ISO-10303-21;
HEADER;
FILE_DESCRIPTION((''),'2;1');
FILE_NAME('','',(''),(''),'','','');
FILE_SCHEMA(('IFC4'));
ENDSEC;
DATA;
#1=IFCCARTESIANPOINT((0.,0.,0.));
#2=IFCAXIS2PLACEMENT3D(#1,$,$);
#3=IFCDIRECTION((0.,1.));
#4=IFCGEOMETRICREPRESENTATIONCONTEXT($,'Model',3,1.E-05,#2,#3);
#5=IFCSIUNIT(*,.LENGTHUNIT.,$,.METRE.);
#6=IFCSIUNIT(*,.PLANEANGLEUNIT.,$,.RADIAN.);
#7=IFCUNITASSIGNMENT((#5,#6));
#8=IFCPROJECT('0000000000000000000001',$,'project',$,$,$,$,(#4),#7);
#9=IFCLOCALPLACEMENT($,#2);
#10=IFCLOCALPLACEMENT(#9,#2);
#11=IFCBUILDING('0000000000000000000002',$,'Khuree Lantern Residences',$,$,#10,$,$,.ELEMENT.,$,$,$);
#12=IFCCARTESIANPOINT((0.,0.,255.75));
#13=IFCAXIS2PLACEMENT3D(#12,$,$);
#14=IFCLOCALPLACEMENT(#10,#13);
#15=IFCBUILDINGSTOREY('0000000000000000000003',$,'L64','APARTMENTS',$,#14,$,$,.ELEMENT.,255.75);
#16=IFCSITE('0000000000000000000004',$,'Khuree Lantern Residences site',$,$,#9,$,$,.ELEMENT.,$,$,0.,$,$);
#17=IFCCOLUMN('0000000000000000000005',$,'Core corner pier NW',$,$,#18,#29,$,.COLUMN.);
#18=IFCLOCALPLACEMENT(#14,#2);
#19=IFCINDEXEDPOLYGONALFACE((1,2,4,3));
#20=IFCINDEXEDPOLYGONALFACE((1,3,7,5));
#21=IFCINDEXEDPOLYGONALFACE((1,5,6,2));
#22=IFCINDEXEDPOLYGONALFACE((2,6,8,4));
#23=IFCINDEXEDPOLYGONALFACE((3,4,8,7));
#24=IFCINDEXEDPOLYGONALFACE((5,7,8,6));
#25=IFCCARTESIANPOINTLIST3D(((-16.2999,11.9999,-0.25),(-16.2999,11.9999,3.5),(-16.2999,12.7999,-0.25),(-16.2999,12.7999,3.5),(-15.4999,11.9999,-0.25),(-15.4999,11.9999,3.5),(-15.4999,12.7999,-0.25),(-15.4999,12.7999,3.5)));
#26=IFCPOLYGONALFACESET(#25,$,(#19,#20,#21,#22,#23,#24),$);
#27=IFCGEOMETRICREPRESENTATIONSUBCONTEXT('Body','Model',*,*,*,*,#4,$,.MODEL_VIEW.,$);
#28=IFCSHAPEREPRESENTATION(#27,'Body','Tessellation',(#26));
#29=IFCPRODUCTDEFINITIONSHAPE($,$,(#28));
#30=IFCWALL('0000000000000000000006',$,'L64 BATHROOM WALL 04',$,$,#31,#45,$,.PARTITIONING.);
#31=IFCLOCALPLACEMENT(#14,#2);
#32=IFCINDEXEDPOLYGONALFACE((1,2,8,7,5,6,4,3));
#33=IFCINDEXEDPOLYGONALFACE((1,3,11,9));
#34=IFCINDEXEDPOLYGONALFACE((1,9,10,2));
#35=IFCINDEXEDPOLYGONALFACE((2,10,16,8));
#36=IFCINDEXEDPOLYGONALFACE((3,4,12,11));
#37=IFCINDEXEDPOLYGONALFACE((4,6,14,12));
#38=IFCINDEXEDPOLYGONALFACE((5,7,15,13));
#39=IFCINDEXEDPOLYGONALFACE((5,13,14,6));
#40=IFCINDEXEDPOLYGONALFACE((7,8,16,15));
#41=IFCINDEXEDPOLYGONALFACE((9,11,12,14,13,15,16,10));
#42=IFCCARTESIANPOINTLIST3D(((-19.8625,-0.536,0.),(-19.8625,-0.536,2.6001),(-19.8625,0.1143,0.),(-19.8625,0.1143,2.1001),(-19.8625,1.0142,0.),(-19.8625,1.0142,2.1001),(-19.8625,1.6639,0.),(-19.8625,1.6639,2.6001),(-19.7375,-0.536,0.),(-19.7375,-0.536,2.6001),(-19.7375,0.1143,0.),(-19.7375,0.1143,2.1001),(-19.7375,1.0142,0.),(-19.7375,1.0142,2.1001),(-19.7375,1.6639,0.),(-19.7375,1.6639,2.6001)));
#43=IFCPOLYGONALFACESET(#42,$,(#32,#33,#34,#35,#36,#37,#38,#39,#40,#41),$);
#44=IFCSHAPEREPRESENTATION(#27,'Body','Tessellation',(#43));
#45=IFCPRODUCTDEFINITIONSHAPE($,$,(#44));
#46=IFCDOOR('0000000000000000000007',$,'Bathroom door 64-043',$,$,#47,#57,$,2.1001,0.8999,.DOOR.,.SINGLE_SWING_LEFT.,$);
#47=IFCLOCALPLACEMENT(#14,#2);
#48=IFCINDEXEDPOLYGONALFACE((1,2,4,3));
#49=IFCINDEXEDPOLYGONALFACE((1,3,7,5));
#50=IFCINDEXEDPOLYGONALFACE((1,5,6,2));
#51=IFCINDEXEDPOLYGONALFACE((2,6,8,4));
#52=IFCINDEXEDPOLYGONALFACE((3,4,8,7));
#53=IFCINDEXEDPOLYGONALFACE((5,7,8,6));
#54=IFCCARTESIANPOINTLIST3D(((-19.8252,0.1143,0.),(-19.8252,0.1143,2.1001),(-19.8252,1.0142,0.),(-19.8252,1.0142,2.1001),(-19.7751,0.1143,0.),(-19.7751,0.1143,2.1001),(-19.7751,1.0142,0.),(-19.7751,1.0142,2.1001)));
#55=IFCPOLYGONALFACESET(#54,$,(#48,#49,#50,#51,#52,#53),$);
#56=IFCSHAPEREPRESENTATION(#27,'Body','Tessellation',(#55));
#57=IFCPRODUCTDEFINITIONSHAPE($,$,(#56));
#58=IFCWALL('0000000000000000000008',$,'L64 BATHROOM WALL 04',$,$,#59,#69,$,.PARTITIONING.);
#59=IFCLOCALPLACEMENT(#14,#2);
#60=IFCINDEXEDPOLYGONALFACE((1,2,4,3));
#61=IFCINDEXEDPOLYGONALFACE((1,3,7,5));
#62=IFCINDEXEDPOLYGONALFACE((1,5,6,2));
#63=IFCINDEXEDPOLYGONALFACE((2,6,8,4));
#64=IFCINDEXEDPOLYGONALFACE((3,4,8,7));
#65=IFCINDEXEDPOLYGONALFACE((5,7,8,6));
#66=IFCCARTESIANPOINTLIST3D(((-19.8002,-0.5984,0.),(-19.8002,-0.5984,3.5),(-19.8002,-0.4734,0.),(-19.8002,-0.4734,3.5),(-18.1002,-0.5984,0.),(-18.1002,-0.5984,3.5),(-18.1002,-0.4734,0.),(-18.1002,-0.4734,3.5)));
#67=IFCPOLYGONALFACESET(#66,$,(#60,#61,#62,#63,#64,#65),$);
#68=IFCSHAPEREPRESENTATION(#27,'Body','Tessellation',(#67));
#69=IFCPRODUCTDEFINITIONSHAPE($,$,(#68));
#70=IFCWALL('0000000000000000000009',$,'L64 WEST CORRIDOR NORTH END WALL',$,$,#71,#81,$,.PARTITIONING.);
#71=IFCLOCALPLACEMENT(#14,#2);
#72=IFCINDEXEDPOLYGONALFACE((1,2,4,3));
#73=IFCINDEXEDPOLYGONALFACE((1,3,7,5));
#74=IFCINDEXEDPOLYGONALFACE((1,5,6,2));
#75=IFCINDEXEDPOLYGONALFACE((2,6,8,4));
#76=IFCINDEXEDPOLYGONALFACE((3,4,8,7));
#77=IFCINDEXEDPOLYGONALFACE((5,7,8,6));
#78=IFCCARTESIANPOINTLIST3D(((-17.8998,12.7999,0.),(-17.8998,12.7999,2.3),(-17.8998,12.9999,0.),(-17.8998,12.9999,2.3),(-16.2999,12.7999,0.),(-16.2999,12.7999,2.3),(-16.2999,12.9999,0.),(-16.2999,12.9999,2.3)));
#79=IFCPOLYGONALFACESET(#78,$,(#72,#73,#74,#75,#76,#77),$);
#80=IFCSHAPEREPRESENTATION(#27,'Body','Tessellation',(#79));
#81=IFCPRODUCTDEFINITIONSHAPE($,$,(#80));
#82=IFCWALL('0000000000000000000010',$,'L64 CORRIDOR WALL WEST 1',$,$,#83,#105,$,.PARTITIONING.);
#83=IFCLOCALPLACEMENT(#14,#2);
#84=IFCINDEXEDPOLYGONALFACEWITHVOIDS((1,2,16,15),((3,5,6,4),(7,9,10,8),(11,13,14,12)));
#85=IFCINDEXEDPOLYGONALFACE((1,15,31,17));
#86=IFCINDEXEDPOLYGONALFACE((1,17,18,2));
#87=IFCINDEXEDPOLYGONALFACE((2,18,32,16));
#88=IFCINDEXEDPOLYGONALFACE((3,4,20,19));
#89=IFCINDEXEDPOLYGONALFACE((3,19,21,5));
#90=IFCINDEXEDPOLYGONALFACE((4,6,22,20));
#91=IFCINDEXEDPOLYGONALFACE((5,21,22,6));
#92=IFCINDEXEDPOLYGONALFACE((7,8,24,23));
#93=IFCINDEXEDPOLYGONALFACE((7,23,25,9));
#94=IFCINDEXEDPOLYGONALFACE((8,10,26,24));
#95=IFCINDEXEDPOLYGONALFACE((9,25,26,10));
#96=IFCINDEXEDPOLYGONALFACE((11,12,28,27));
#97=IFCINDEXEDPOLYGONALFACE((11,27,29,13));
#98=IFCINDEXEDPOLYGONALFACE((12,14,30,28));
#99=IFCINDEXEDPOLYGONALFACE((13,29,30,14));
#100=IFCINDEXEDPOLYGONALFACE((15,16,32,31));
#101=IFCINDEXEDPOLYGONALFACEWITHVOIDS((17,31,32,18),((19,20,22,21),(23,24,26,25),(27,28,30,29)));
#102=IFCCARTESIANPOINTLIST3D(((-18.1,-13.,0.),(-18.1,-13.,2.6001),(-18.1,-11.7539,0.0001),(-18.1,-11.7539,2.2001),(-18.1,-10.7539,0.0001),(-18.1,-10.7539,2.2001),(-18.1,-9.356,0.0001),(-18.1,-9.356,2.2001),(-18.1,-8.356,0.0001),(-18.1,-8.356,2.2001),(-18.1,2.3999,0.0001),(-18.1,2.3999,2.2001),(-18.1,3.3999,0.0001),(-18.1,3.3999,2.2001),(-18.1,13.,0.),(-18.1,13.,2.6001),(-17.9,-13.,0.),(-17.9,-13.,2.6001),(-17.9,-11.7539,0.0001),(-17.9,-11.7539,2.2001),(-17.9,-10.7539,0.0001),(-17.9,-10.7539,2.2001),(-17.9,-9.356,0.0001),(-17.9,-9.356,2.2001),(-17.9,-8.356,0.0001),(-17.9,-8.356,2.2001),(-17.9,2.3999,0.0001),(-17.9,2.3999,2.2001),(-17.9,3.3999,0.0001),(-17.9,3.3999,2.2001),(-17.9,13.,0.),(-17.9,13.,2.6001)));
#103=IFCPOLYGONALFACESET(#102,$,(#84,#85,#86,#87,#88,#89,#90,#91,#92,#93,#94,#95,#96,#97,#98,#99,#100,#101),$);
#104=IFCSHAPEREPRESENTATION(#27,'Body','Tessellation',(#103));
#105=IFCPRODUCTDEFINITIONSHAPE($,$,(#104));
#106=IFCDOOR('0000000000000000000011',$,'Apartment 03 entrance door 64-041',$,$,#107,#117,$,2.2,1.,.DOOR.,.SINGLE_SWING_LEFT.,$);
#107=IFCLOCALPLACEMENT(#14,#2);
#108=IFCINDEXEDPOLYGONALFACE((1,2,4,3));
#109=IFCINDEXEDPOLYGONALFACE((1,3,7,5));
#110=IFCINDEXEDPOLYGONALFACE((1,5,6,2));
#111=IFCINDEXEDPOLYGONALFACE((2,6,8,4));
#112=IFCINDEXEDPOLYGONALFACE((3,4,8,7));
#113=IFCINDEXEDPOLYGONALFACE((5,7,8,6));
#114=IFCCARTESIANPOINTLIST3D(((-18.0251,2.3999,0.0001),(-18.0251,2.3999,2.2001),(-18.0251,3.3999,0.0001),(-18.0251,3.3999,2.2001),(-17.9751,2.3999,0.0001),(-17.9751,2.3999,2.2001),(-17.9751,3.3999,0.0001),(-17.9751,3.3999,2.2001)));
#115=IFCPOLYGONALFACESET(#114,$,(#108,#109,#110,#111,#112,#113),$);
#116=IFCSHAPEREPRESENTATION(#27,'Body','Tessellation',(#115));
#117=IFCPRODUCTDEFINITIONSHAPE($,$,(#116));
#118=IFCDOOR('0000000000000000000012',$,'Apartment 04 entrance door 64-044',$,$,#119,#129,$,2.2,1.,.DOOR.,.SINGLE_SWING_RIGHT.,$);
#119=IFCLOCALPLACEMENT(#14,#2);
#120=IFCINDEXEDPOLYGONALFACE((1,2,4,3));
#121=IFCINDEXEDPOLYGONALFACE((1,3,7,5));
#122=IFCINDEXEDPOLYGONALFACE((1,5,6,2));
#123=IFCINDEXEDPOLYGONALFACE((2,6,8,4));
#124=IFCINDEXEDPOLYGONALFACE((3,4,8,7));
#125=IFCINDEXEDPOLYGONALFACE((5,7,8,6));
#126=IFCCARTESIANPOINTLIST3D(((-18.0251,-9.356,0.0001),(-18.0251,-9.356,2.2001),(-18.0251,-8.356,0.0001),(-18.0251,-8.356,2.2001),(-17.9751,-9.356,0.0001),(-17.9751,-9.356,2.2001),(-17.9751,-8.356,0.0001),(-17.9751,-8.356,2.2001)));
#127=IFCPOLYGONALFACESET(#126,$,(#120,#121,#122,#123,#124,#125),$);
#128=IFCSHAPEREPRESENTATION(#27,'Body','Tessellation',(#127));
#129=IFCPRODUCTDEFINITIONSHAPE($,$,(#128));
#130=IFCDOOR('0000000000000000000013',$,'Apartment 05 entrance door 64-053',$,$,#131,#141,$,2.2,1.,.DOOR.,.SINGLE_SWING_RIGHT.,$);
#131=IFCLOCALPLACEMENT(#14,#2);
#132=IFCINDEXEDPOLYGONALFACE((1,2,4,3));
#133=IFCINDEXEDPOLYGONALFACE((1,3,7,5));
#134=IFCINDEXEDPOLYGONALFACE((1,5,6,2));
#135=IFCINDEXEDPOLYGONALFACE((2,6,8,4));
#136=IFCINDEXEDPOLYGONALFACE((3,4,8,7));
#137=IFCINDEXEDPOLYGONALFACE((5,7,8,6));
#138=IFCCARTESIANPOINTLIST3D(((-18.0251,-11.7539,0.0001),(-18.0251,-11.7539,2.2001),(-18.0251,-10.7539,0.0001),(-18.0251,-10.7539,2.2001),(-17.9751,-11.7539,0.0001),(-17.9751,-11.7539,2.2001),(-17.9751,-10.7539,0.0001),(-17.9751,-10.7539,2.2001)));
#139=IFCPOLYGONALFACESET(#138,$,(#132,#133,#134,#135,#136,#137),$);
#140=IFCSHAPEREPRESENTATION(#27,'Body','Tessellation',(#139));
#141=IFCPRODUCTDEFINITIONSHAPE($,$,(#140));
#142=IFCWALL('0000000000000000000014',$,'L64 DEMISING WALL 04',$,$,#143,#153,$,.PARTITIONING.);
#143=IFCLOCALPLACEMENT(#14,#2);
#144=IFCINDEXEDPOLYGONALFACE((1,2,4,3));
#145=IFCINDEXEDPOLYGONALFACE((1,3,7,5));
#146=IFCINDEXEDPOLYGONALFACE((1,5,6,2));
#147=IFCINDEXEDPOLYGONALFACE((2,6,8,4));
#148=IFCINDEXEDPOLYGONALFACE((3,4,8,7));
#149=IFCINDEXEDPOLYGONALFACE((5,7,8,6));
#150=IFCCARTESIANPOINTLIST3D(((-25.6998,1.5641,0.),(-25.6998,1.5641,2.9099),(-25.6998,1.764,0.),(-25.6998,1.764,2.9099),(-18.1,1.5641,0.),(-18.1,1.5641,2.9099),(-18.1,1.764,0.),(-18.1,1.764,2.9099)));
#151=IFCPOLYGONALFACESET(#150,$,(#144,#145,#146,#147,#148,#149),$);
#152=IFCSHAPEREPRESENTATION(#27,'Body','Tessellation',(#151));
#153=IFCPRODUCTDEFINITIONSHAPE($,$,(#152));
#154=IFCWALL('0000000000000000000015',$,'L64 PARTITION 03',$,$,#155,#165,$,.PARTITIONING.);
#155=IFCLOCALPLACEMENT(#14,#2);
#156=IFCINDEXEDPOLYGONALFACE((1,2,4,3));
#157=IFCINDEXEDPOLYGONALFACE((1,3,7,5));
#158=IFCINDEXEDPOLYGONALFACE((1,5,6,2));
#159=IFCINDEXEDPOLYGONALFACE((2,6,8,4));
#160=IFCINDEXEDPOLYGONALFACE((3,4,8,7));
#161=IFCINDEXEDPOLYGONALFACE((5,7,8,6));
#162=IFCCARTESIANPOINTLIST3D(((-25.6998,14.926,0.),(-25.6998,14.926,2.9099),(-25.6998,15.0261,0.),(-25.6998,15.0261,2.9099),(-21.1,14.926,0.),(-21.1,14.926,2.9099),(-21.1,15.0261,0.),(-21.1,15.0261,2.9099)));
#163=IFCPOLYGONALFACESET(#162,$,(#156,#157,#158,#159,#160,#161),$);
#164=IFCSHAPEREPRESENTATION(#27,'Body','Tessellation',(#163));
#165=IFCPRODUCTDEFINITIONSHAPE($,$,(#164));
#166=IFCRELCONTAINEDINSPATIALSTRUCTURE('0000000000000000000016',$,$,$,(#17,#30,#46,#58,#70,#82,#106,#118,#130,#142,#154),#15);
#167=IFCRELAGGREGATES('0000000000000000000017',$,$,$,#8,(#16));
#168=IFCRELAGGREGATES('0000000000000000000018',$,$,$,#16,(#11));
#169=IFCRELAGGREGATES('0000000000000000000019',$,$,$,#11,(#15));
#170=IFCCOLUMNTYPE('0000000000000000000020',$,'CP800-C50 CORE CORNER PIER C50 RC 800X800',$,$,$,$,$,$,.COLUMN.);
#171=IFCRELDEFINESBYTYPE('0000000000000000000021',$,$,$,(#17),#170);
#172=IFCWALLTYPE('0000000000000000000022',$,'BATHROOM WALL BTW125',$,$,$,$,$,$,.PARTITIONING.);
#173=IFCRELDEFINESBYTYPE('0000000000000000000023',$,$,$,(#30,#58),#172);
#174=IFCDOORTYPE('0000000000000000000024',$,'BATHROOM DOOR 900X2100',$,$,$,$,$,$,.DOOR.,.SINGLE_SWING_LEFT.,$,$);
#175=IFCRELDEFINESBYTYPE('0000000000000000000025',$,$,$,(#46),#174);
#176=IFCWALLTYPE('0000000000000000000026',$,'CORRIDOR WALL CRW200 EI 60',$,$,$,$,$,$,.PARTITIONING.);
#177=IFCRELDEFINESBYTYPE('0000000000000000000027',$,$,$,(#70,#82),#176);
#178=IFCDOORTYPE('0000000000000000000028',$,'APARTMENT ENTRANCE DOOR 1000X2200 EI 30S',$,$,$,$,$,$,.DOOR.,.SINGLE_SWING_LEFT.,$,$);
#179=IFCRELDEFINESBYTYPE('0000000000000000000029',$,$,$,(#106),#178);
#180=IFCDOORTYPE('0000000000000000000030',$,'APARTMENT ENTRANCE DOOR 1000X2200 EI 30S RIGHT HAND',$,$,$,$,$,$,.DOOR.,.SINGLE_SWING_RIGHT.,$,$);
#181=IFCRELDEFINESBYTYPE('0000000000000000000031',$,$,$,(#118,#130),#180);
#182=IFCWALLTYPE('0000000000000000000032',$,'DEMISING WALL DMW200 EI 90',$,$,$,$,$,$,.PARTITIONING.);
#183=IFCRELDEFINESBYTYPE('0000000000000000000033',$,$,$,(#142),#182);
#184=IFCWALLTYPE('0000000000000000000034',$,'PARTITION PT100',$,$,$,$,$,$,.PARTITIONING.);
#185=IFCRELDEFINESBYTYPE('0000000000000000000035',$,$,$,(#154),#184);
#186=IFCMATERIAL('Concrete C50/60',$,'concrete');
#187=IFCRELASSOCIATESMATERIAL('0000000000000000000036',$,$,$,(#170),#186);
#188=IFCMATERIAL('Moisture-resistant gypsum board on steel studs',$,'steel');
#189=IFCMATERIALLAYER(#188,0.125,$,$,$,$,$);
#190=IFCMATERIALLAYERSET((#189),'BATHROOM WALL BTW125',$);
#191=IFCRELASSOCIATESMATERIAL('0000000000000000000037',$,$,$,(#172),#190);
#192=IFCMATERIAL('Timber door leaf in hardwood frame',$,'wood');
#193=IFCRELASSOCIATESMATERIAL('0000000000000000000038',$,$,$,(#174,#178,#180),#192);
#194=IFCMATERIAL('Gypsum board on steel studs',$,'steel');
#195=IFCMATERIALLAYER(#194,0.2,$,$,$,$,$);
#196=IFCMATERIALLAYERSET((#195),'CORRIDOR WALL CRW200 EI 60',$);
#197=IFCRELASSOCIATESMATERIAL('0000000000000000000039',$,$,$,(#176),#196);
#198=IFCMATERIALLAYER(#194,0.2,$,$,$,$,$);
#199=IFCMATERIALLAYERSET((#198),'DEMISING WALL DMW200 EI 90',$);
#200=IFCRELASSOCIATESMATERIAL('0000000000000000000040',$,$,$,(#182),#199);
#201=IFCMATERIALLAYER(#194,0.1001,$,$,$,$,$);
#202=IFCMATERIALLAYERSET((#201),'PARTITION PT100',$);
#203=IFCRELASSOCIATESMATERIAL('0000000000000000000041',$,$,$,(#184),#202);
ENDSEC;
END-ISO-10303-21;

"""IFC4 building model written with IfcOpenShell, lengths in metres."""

from ifc_helpers import new_model, si_unit, direction, frame, frame_2d, origin, origin_2d, place, context, subcontext, project, spatial, rectangle, extrude, material, layer, layer_set, material_profile, profile_set, type_object, element, fill, save


model = new_model("IFC4")

# Units and contexts
model_context = context("Model", 3, precision=1e-05, world=origin(), true_north=direction((0.0, 1.0)))
body_context = subcontext(model_context, "Body", "Model", "MODEL_VIEW")
ifc_project = project(units=[si_unit("LENGTHUNIT", "METRE"), si_unit("PLANEANGLEUNIT", "RADIAN")], contexts=[model_context])

# Site, building, storey
site_placement = place(None, origin())
site = spatial("IfcSite", under=ifc_project, at=site_placement, Name="Khuree Lantern Residences site", CompositionType="ELEMENT", RefElevation=0.0)
building_placement = place(site_placement, origin())
building = spatial("IfcBuilding", under=site, at=building_placement, Name="Khuree Lantern Residences", CompositionType="ELEMENT")
storey_placement = place(building_placement, frame((0.0, 0.0, 255.75)))
storey = spatial("IfcBuildingStorey", under=building, at=storey_placement, Name="L64", Description="APARTMENTS", CompositionType="ELEMENT", Elevation=255.75)

# Column
ifc_material_1 = material(Name="Concrete C50/60", Category="concrete")
ifc_material_profile = material_profile(ifc_material_1, rectangle(XDim=0.8, YDim=0.8, at=origin_2d()), Name="RC 800X800")
ifc_profile_set = profile_set([ifc_material_profile], Name="Concrete C50/60")
column_type = type_object("IfcColumnType", Name="CP800-C50 CORE CORNER PIER C50 RC 800X800", PredefinedType="COLUMN", material=ifc_profile_set)
column_placement = place(storey_placement, frame((-15.8999, 12.3999, -0.25), z_axis=(0.0, 0.0, 1.0), x_axis=(1.0, 0.0, 0.0)))
element("IfcColumn", 1, at=column_placement, inside=storey, type_object=column_type, Name="Core corner pier NW", PredefinedType="COLUMN", context=body_context, shape_type="SweptSolid", body=[
    extrude(rectangle(XDim=0.8, YDim=0.8, at=origin_2d()), origin(), (0.0, 0.0, 1.0), 3.75),
])

# Wall, opening, door
ifc_material_2 = material(Name="Moisture-resistant gypsum board on steel studs", Category="steel")
ifc_layer_1 = layer(ifc_material_2, 0.125)
ifc_layer_set_1 = layer_set([ifc_layer_1], Name="BATHROOM WALL BTW125")
wall_type_1 = type_object("IfcWallType", Name="BATHROOM WALL BTW125", PredefinedType="PARTITIONING", material=ifc_layer_set_1)
wall_1_placement = place(storey_placement, frame((-19.8, 1.6641, 0.0), z_axis=(0.0, 0.0, 1.0), x_axis=(0.0, -1.0, 0.0)))
wall_1 = element("IfcWall", 2, at=wall_1_placement, inside=storey, type_object=wall_type_1, Name="L64 BATHROOM WALL 04", PredefinedType="PARTITIONING", context=body_context, shape_type="SweptSolid", body=[
    extrude(rectangle(XDim=2.2, YDim=0.125, at=frame_2d((1.1001, 0.0))), origin(), (0.0, 0.0, 1.0), 2.6001),
])
opening_1_placement = place(wall_1_placement, frame((0.6499, 0.0, 0.0)))
opening_1 = element("IfcOpeningElement", 3, at=opening_1_placement, cuts=wall_1, PredefinedType="OPENING", context=body_context, shape_type="SweptSolid", body=[
    extrude(rectangle(XDim=0.8999, YDim=2.1001, at=frame_2d((0.45, 1.05))), frame((0.0, 0.0725, 0.0), z_axis=(0.0, -1.0, 0.0), x_axis=(1.0, 0.0, 0.0)), (0.0, 0.0, 1.0), 0.145),
])
ifc_material_3 = material(Name="Timber door leaf in hardwood frame", Category="wood")
door_type_1 = type_object("IfcDoorType", Name="BATHROOM DOOR 900X2100", OperationType="SINGLE_SWING_LEFT", PredefinedType="DOOR", material=ifc_material_3)
door_1_placement = place(opening_1_placement, origin())
door_1 = element("IfcDoor", 4, at=door_1_placement, inside=storey, type_object=door_type_1, Name="Bathroom door 64-043", OperationType="SINGLE_SWING_LEFT", OverallHeight=2.1001, OverallWidth=0.8999, PredefinedType="DOOR", context=body_context, shape_type="SweptSolid", body=[
    extrude(rectangle(XDim=0.8999, YDim=2.1001, at=frame_2d((0.45, 1.05))), frame((0.0, 0.0249, 0.0), z_axis=(0.0, -1.0, 0.0), x_axis=(1.0, 0.0, 0.0)), (0.0, 0.0, 1.0), 0.05),
])
fill(opening_1, door_1)

# Walls
wall_2_placement = place(storey_placement, frame((-18.1001, -0.5359, 0.0), z_axis=(0.0, 0.0, 1.0), x_axis=(-1.0, 0.0, 0.0)))
element("IfcWall", 5, at=wall_2_placement, inside=storey, type_object=wall_type_1, Name="L64 BATHROOM WALL 04", PredefinedType="PARTITIONING", context=body_context, shape_type="SweptSolid", body=[
    extrude(rectangle(XDim=1.7, YDim=0.125, at=frame_2d((0.8501, 0.0))), origin(), (0.0, 0.0, 1.0), 3.5),
])
ifc_material_4 = material(Name="Gypsum board on steel studs", Category="steel")
ifc_layer_2 = layer(ifc_material_4, 0.2)
ifc_layer_set_2 = layer_set([ifc_layer_2], Name="CORRIDOR WALL CRW200 EI 60")
wall_type_2 = type_object("IfcWallType", Name="CORRIDOR WALL CRW200 EI 60", PredefinedType="PARTITIONING", material=ifc_layer_set_2)
wall_3_placement = place(storey_placement, frame((-16.3, 12.8999, 0.0), z_axis=(0.0, 0.0, 1.0), x_axis=(-1.0, 0.0, 0.0)))
element("IfcWall", 6, at=wall_3_placement, inside=storey, type_object=wall_type_2, Name="L64 WEST CORRIDOR NORTH END WALL", PredefinedType="PARTITIONING", context=body_context, shape_type="SweptSolid", body=[
    extrude(rectangle(XDim=1.5999, YDim=0.2, at=frame_2d((0.7998, 0.0))), origin(), (0.0, 0.0, 1.0), 2.3),
])

# Wall, openings, doors
wall_4_placement = place(storey_placement, frame((-18.0, 13.0, 0.0), z_axis=(0.0, 0.0, 1.0), x_axis=(0.0, -1.0, 0.0)))
wall_4 = element("IfcWall", 7, at=wall_4_placement, inside=storey, type_object=wall_type_2, Name="L64 CORRIDOR WALL WEST 1", PredefinedType="PARTITIONING", context=body_context, shape_type="SweptSolid", body=[
    extrude(rectangle(XDim=26.0, YDim=0.2, at=frame_2d((13.0, 0.0))), origin(), (0.0, 0.0, 1.0), 2.6001),
])
opening_2_placement = place(wall_4_placement, frame((9.6001, 0.0, 0.0)))
opening_2 = element("IfcOpeningElement", 8, at=opening_2_placement, cuts=wall_4, PredefinedType="OPENING", context=body_context, shape_type="SweptSolid", body=[
    extrude(rectangle(XDim=1.0, YDim=2.2, at=frame_2d((0.5, 1.1001))), frame((0.0, 0.1099, 0.0), z_axis=(0.0, -1.0, 0.0), x_axis=(1.0, 0.0, 0.0)), (0.0, 0.0, 1.0), 0.22),
])
opening_3_placement = place(wall_4_placement, frame((21.356, 0.0, 0.0)))
opening_3 = element("IfcOpeningElement", 9, at=opening_3_placement, cuts=wall_4, PredefinedType="OPENING", context=body_context, shape_type="SweptSolid", body=[
    extrude(rectangle(XDim=1.0, YDim=2.2, at=frame_2d((0.5, 1.1001))), frame((0.0, 0.1099, 0.0), z_axis=(0.0, -1.0, 0.0), x_axis=(1.0, 0.0, 0.0)), (0.0, 0.0, 1.0), 0.22),
])
opening_4_placement = place(wall_4_placement, frame((23.7539, 0.0, 0.0)))
opening_4 = element("IfcOpeningElement", 10, at=opening_4_placement, cuts=wall_4, PredefinedType="OPENING", context=body_context, shape_type="SweptSolid", body=[
    extrude(rectangle(XDim=1.0, YDim=2.2, at=frame_2d((0.5, 1.1001))), frame((0.0, 0.1099, 0.0), z_axis=(0.0, -1.0, 0.0), x_axis=(1.0, 0.0, 0.0)), (0.0, 0.0, 1.0), 0.22),
])
door_type_2 = type_object("IfcDoorType", Name="APARTMENT ENTRANCE DOOR 1000X2200 EI 30S", OperationType="SINGLE_SWING_LEFT", PredefinedType="DOOR", material=ifc_material_3)
door_2_placement = place(opening_2_placement, origin())
door_2 = element("IfcDoor", 11, at=door_2_placement, inside=storey, type_object=door_type_2, Name="Apartment 03 entrance door 64-041", OperationType="SINGLE_SWING_LEFT", OverallHeight=2.2, OverallWidth=1.0, PredefinedType="DOOR", context=body_context, shape_type="SweptSolid", body=[
    extrude(rectangle(XDim=1.0, YDim=2.2, at=frame_2d((0.5, 1.1001))), frame((0.0, 0.0249, 0.0), z_axis=(0.0, -1.0, 0.0), x_axis=(1.0, 0.0, 0.0)), (0.0, 0.0, 1.0), 0.05),
])
fill(opening_2, door_2)
door_type_3 = type_object("IfcDoorType", Name="APARTMENT ENTRANCE DOOR 1000X2200 EI 30S RIGHT HAND", OperationType="SINGLE_SWING_RIGHT", PredefinedType="DOOR", material=ifc_material_3)
door_3_placement = place(opening_3_placement, origin())
door_3 = element("IfcDoor", 12, at=door_3_placement, inside=storey, type_object=door_type_3, Name="Apartment 04 entrance door 64-044", OperationType="SINGLE_SWING_RIGHT", OverallHeight=2.2, OverallWidth=1.0, PredefinedType="DOOR", context=body_context, shape_type="SweptSolid", body=[
    extrude(rectangle(XDim=1.0, YDim=2.2, at=frame_2d((0.5, 1.1001))), frame((0.0, 0.0249, 0.0), z_axis=(0.0, -1.0, 0.0), x_axis=(1.0, 0.0, 0.0)), (0.0, 0.0, 1.0), 0.05),
])
fill(opening_3, door_3)
door_4_placement = place(opening_4_placement, origin())
door_4 = element("IfcDoor", 13, at=door_4_placement, inside=storey, type_object=door_type_3, Name="Apartment 05 entrance door 64-053", OperationType="SINGLE_SWING_RIGHT", OverallHeight=2.2, OverallWidth=1.0, PredefinedType="DOOR", context=body_context, shape_type="SweptSolid", body=[
    extrude(rectangle(XDim=1.0, YDim=2.2, at=frame_2d((0.5, 1.1001))), frame((0.0, 0.0249, 0.0), z_axis=(0.0, -1.0, 0.0), x_axis=(1.0, 0.0, 0.0)), (0.0, 0.0, 1.0), 0.05),
])
fill(opening_4, door_4)

# Walls
ifc_layer_3 = layer(ifc_material_4, 0.2)
ifc_layer_set_3 = layer_set([ifc_layer_3], Name="DEMISING WALL DMW200 EI 90")
wall_type_3 = type_object("IfcWallType", Name="DEMISING WALL DMW200 EI 90", PredefinedType="PARTITIONING", material=ifc_layer_set_3)
wall_5_placement = place(storey_placement, frame((-18.1001, 1.6641, 0.0), z_axis=(0.0, 0.0, 1.0), x_axis=(-1.0, 0.0, 0.0)))
element("IfcWall", 14, at=wall_5_placement, inside=storey, type_object=wall_type_3, Name="L64 DEMISING WALL 04", PredefinedType="PARTITIONING", context=body_context, shape_type="SweptSolid", body=[
    extrude(rectangle(XDim=7.5999, YDim=0.2, at=frame_2d((3.7998, 0.0))), origin(), (0.0, 0.0, 1.0), 2.9099),
])
ifc_layer_4 = layer(ifc_material_4, 0.1001)
ifc_layer_set_4 = layer_set([ifc_layer_4], Name="PARTITION PT100")
wall_type_4 = type_object("IfcWallType", Name="PARTITION PT100", PredefinedType="PARTITIONING", material=ifc_layer_set_4)
for number, where, z_axis, x_axis, name in (
    (15, (-21.1001, 14.9761, 0.0), (0.0, 0.0, 1.0), (-1.0, 0.0, 0.0), "L64 PARTITION 03"),
):
    element("IfcWall", number, at=place(storey_placement, frame(where, z_axis=z_axis, x_axis=x_axis)), inside=storey, type_object=wall_type_4, Name=name, PredefinedType="PARTITIONING", context=body_context, shape_type="SweptSolid", body=[
        extrude(rectangle(XDim=4.5999, YDim=0.1001, at=frame_2d((2.2998, 0.0))), origin(), (0.0, 0.0, 1.0), 2.9099),
    ])

save(model, "model.ifc")
